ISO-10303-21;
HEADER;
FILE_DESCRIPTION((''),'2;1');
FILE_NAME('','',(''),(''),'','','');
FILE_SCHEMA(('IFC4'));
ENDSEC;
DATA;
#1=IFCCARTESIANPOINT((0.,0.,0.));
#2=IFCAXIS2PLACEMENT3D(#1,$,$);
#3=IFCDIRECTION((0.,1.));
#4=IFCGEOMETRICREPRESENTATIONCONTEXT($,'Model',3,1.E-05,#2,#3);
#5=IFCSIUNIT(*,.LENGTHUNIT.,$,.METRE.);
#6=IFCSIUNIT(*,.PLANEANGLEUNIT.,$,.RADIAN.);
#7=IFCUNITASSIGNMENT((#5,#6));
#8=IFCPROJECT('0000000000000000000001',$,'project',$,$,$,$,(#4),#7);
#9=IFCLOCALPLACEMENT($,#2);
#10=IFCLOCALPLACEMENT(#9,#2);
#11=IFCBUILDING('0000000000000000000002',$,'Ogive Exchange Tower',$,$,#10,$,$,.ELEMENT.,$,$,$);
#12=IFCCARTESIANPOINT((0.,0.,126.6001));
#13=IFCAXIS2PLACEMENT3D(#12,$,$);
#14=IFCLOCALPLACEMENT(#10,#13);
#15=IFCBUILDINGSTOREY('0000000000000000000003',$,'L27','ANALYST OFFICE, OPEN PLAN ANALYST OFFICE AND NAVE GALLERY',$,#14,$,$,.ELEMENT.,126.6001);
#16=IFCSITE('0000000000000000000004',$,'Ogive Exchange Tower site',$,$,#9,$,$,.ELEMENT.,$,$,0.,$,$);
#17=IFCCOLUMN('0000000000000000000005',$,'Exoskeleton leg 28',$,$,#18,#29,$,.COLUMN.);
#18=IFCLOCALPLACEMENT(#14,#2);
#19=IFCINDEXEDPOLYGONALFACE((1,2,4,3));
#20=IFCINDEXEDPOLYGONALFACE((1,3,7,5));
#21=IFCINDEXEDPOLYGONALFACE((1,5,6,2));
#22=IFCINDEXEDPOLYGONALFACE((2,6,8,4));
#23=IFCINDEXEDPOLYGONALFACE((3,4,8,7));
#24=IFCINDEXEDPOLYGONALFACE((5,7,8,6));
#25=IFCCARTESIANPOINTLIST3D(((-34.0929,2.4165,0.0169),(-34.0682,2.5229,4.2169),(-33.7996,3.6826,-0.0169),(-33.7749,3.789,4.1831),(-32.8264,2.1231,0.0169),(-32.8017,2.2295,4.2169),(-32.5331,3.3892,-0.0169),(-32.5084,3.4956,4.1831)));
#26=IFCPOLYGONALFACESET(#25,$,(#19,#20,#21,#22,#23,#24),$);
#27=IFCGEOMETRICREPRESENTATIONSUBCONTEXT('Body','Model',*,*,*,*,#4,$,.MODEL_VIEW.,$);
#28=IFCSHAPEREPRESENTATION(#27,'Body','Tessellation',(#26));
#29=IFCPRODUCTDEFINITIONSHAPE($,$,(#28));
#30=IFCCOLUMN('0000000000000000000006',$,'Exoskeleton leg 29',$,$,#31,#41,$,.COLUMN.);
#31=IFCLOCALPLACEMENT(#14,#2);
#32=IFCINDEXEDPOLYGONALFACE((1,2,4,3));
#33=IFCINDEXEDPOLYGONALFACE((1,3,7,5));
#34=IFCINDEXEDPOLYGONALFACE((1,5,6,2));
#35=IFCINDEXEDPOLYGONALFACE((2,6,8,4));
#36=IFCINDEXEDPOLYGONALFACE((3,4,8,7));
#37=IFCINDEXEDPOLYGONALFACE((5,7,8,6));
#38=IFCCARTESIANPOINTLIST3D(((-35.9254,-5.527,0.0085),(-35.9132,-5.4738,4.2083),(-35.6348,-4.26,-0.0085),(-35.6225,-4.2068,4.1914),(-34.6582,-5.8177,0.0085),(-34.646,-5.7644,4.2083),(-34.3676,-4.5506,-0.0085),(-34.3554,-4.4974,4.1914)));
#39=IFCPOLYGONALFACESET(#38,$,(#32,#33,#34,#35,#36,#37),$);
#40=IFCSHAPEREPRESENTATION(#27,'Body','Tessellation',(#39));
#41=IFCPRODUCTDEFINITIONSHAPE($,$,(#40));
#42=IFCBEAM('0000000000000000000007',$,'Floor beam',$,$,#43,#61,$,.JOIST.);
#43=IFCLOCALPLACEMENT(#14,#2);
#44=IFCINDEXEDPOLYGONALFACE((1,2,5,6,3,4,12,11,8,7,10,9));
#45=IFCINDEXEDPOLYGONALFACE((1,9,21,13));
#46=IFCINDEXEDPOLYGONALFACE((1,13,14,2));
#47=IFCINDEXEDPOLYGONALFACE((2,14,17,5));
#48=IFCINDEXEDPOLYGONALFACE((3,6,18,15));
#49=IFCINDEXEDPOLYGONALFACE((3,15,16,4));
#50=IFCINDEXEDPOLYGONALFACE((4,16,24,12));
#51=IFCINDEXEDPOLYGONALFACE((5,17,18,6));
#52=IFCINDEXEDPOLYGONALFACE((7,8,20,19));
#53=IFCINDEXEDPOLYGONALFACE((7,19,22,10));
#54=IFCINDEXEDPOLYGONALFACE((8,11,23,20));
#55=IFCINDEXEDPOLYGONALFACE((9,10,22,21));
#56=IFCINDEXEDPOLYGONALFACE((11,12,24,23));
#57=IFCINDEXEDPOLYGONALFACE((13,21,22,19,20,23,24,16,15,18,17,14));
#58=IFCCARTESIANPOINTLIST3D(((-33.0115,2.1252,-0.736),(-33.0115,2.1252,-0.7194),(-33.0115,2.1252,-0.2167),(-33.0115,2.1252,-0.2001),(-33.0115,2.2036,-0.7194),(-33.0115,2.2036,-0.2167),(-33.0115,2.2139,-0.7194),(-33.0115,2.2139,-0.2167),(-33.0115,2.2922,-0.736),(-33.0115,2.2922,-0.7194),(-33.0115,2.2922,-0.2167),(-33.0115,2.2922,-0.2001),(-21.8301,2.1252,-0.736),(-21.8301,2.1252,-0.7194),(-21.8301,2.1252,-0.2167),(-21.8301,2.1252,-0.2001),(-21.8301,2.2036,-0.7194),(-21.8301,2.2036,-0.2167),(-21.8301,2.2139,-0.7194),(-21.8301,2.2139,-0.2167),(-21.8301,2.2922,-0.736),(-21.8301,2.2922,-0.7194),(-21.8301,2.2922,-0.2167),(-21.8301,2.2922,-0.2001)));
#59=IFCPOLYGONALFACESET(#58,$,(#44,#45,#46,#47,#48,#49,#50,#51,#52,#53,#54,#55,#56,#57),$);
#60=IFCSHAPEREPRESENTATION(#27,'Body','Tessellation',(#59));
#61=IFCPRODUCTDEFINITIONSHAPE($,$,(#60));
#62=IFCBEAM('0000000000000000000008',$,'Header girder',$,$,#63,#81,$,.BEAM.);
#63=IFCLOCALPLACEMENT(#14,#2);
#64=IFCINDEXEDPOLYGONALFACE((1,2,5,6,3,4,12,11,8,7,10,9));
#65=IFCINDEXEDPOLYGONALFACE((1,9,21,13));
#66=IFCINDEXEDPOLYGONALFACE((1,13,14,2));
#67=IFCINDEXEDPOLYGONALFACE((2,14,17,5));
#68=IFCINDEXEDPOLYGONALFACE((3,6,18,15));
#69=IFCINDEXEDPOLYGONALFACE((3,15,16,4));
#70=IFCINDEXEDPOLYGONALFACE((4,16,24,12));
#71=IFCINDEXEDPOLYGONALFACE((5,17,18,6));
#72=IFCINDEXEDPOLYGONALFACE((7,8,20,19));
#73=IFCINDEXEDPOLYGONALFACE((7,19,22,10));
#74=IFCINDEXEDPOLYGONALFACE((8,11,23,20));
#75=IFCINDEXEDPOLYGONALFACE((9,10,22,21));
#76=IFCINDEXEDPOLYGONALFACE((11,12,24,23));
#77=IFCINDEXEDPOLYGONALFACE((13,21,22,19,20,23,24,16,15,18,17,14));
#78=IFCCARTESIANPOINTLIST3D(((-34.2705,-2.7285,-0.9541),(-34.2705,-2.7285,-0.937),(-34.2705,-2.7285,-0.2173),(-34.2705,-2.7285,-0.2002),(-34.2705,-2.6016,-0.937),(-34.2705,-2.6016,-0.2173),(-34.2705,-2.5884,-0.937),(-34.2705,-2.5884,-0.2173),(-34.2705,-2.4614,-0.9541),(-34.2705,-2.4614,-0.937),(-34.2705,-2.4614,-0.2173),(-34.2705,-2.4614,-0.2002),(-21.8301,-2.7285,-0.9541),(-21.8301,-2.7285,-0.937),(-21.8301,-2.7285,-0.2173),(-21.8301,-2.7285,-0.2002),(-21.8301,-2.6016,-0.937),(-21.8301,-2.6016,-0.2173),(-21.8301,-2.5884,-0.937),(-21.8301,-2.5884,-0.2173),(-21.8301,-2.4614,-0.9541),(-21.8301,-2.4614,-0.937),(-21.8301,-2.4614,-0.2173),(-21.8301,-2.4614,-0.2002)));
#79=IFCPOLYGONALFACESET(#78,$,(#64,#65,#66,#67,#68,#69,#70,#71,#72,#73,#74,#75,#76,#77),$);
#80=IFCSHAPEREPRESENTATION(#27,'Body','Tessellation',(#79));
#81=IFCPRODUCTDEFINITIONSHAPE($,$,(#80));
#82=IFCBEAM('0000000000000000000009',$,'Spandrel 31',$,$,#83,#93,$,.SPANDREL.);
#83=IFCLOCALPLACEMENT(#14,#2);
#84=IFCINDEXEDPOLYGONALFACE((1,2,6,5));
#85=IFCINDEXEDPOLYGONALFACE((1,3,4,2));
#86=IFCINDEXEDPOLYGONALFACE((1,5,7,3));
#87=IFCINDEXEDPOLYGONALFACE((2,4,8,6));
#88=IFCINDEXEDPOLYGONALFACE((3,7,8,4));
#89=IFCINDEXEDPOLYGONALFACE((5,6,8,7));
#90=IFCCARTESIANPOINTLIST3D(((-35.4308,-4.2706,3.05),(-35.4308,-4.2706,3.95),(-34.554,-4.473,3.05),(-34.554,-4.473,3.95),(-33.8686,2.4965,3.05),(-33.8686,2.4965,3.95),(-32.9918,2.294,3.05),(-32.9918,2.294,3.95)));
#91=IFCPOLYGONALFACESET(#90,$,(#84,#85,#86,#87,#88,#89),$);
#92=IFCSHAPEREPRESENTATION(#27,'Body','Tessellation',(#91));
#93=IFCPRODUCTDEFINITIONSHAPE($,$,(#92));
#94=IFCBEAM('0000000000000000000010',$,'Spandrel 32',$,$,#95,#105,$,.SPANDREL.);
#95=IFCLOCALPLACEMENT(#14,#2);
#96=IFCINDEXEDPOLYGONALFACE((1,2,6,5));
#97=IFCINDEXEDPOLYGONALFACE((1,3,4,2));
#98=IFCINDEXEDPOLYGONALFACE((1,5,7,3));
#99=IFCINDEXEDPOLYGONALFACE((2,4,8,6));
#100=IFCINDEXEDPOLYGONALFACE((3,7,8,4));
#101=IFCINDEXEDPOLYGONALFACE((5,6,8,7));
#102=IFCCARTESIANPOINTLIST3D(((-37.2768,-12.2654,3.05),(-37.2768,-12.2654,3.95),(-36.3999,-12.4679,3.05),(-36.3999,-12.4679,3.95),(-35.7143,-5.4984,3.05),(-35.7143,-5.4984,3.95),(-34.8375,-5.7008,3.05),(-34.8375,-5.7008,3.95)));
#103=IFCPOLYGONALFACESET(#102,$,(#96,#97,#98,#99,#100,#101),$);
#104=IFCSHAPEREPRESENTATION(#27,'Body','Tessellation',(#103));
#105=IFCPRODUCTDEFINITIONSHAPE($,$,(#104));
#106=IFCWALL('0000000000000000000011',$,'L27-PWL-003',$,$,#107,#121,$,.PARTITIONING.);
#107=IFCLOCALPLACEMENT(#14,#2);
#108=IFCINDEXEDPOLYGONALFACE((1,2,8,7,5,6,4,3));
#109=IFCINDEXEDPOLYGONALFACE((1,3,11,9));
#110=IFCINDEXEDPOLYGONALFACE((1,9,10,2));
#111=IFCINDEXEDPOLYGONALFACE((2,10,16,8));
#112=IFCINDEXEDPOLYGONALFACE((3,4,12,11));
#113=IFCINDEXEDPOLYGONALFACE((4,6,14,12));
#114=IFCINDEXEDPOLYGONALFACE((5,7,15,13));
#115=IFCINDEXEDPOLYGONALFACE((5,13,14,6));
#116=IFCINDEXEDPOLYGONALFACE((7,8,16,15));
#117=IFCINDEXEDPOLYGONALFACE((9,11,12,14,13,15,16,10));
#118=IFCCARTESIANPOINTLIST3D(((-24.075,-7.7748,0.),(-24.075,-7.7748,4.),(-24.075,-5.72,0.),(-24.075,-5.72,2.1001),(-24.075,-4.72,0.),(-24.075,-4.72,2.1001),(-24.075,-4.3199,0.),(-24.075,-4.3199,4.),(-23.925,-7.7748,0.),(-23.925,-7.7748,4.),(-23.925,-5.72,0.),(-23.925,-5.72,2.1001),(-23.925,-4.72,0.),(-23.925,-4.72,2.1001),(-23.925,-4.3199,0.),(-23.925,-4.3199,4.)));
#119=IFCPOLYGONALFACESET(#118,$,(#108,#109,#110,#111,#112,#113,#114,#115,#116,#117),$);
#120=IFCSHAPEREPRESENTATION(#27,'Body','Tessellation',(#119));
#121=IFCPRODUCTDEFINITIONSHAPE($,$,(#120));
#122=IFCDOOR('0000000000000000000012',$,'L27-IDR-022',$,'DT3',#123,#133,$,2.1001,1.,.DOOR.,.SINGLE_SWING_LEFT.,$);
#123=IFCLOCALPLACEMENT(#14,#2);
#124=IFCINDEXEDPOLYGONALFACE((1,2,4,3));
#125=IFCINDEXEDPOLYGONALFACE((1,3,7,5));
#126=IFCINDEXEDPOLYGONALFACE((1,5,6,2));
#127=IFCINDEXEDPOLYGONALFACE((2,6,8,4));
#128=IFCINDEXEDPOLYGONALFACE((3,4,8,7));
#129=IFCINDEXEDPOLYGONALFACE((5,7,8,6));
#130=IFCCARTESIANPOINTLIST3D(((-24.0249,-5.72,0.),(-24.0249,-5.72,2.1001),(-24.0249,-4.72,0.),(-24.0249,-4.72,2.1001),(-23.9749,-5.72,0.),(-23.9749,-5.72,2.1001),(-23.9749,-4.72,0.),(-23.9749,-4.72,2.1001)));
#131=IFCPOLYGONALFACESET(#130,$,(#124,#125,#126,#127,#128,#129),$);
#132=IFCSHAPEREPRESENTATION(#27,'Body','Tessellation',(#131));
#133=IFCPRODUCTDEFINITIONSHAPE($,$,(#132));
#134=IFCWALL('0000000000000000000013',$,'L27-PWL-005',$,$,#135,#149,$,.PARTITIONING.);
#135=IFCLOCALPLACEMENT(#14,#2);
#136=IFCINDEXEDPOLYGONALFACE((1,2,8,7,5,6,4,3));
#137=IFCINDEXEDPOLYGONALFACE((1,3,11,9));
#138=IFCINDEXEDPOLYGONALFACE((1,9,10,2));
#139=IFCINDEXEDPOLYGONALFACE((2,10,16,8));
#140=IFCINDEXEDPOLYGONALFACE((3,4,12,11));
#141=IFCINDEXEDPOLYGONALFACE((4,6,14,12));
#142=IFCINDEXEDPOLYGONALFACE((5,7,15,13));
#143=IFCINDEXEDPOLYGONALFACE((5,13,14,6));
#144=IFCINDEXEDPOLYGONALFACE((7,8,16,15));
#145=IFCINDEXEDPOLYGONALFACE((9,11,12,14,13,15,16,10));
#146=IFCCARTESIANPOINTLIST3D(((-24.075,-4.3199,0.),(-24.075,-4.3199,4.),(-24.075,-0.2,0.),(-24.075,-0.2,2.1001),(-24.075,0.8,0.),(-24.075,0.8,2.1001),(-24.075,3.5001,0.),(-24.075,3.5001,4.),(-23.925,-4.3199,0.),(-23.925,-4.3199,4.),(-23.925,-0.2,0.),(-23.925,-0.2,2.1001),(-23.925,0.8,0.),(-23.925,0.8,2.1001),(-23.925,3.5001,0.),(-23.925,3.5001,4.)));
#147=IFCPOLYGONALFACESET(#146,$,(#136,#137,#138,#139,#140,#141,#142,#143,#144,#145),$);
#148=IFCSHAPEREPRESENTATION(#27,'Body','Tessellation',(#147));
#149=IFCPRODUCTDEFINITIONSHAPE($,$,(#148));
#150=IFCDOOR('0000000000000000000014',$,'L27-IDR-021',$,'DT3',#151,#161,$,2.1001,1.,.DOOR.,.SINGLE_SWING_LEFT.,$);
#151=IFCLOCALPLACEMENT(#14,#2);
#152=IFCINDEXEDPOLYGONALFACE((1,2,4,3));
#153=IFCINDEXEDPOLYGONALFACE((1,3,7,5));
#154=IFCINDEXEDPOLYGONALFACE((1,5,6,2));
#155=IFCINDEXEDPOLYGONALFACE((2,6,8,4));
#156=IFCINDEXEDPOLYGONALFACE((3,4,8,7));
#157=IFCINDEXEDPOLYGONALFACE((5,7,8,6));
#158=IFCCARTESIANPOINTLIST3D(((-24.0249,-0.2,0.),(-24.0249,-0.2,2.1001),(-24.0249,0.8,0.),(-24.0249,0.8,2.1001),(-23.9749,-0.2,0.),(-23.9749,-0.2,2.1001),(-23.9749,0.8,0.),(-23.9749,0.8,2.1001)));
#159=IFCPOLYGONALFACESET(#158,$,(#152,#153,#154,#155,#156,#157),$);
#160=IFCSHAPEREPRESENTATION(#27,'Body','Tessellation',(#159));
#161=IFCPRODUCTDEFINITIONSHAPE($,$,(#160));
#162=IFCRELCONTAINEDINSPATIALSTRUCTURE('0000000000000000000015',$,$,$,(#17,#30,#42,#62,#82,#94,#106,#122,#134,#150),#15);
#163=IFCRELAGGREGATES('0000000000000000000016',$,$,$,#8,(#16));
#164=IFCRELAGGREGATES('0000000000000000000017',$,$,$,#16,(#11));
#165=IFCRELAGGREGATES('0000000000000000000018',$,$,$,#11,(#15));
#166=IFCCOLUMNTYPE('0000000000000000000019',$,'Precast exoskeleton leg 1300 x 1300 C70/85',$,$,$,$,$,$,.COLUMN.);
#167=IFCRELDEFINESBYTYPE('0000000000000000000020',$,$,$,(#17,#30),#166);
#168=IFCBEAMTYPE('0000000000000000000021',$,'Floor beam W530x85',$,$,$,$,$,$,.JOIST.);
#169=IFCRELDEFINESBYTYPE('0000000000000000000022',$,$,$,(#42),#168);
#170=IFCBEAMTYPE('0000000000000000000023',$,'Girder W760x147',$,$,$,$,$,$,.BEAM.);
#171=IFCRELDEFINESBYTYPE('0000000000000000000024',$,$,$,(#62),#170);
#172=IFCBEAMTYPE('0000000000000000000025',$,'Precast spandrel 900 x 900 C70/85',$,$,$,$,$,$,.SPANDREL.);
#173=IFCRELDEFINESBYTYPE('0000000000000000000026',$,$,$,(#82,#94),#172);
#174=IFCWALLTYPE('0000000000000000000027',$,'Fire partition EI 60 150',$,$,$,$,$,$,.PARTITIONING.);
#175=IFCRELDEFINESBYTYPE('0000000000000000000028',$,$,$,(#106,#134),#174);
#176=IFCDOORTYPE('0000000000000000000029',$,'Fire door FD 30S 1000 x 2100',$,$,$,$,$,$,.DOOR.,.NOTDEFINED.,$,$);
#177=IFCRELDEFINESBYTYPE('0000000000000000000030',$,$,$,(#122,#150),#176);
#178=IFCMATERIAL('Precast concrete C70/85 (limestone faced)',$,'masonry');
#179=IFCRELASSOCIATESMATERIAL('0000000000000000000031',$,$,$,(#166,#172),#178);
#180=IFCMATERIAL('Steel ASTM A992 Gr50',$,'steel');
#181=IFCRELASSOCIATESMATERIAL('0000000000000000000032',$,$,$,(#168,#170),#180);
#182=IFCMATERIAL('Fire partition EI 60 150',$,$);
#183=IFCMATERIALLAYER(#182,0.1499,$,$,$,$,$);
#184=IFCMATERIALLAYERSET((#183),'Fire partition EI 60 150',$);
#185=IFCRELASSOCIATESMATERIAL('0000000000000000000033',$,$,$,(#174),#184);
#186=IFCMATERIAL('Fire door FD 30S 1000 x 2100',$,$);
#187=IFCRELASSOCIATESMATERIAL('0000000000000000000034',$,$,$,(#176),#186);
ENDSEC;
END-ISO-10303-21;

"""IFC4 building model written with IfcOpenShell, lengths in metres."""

from ifc_helpers import new_model, si_unit, direction, frame, frame_2d, origin, origin_2d, place, context, subcontext, project, spatial, rectangle, i_section, extrude, material, layer, layer_set, material_profile, profile_set, type_object, element, fill, save


model = new_model("IFC4")

# Units and contexts
model_context = context("Model", 3, precision=1e-05, world=origin(), true_north=direction((0.0, 1.0)))
body_context = subcontext(model_context, "Body", "Model", "MODEL_VIEW")
ifc_project = project(units=[si_unit("LENGTHUNIT", "METRE"), si_unit("PLANEANGLEUNIT", "RADIAN")], contexts=[model_context])

# Site, building, storey
site_placement = place(None, origin())
site = spatial("IfcSite", under=ifc_project, at=site_placement, Name="Ogive Exchange Tower site", CompositionType="ELEMENT", RefElevation=0.0)
building_placement = place(site_placement, origin())
building = spatial("IfcBuilding", under=site, at=building_placement, Name="Ogive Exchange Tower", CompositionType="ELEMENT")
storey_placement = place(building_placement, frame((0.0, 0.0, 126.6001)))
storey = spatial("IfcBuildingStorey", under=building, at=storey_placement, Name="L27", Description="ANALYST OFFICE, OPEN PLAN ANALYST OFFICE AND NAVE GALLERY", CompositionType="ELEMENT", Elevation=126.6001)

# Columns
ifc_material_1 = material(Name="Precast concrete C70/85 (limestone faced)", Category="masonry")
ifc_material_profile_1 = material_profile(ifc_material_1, rectangle(XDim=1.3, YDim=1.3, at=origin_2d()), Name="1300 x 1300")
ifc_profile_set_1 = profile_set([ifc_material_profile_1], Name="Precast concrete C70/85 (limestone faced)")
column_type = type_object("IfcColumnType", Name="Precast exoskeleton leg 1300 x 1300 C70/85", PredefinedType="COLUMN", material=ifc_profile_set_1)
column_1_placement = place(storey_placement, frame((-33.313, 2.9028, 0.0), z_axis=(0.005869, 0.025336, 0.999662), x_axis=(-0.974203, 0.225675, 0.0)))
element("IfcColumn", 1, at=column_1_placement, inside=storey, type_object=column_type, Name="Exoskeleton leg 28", PredefinedType="COLUMN", context=body_context, shape_type="SweptSolid", body=[
    extrude(rectangle(XDim=1.3, YDim=1.3, at=origin_2d()), origin(), (0.0, 0.0, 1.0), 4.2014),
])
column_2_placement = place(storey_placement, frame((-35.1465, -5.0388, 0.0), z_axis=(0.002906, 0.012671, 0.999915), x_axis=(-0.974692, 0.223553, 0.0)))
element("IfcColumn", 2, at=column_2_placement, inside=storey, type_object=column_type, Name="Exoskeleton leg 29", PredefinedType="COLUMN", context=body_context, shape_type="SweptSolid", body=[
    extrude(rectangle(XDim=1.3, YDim=1.3, at=origin_2d()), origin(), (0.0, 0.0, 1.0), 4.2002),
])

# Beams
ifc_material_2 = material(Name="Steel ASTM A992 Gr50", Category="steel")
ifc_material_profile_2 = material_profile(ifc_material_2, i_section(OverallWidth=0.167, OverallDepth=0.5359, WebThickness=0.0103, FlangeThickness=0.0166, at=origin_2d()), Name="W530x85")
ifc_profile_set_2 = profile_set([ifc_material_profile_2], Name="Steel ASTM A992 Gr50")
beam_type_1 = type_object("IfcBeamType", Name="Floor beam W530x85", PredefinedType="JOIST", material=ifc_profile_set_2)
beam_1_placement = place(storey_placement, frame((-33.0115, 2.2087, -0.468), z_axis=(1.0, 0.0, 0.0), x_axis=(0.0, 1.0, 0.0)))
element("IfcBeam", 3, at=beam_1_placement, inside=storey, type_object=beam_type_1, Name="Floor beam", PredefinedType="JOIST", context=body_context, shape_type="SweptSolid", body=[
    extrude(i_section(OverallWidth=0.167, OverallDepth=0.5359, WebThickness=0.0103, FlangeThickness=0.0166, at=origin_2d()), origin(), (0.0, 0.0, 1.0), 11.1814),
])
ifc_material_profile_3 = material_profile(ifc_material_2, i_section(OverallWidth=0.2671, OverallDepth=0.7539, WebThickness=0.0132, FlangeThickness=0.0171, at=origin_2d()), Name="W760x147")
ifc_profile_set_3 = profile_set([ifc_material_profile_3], Name="Steel ASTM A992 Gr50")
beam_type_2 = type_object("IfcBeamType", Name="Girder W760x147", PredefinedType="BEAM", material=ifc_profile_set_3)
beam_2_placement = place(storey_placement, frame((-34.2705, -2.595, -0.5771), z_axis=(1.0, 0.0, 0.0), x_axis=(0.0, 1.0, 0.0)))
element("IfcBeam", 4, at=beam_2_placement, inside=storey, type_object=beam_type_2, Name="Header girder", PredefinedType="BEAM", context=body_context, shape_type="SweptSolid", body=[
    extrude(i_section(OverallWidth=0.2671, OverallDepth=0.7539, WebThickness=0.0132, FlangeThickness=0.0171, at=origin_2d()), origin(), (0.0, 0.0, 1.0), 12.4404),
])
ifc_material_profile_4 = material_profile(ifc_material_1, rectangle(XDim=0.8999, YDim=0.8999, at=origin_2d()), Name="900 x 900")
ifc_profile_set_4 = profile_set([ifc_material_profile_4], Name="Precast concrete C70/85 (limestone faced)")
beam_type_3 = type_object("IfcBeamType", Name="Precast spandrel 900 x 900 C70/85", PredefinedType="SPANDREL", material=ifc_profile_set_4)
for number, where, z_axis, x_axis, name in (
    (5, (-33.4302, 2.3953, 3.5), (-0.224944, -0.974372, 0.0), (0.974372, -0.224944, 0.0), "Spandrel 31"),
    (6, (-35.2759, -5.5996, 3.5), (-0.224978, -0.974364, 0.0), (0.974364, -0.224978, 0.0), "Spandrel 32"),
):
    element("IfcBeam", number, at=place(storey_placement, frame(where, z_axis=z_axis, x_axis=x_axis)), inside=storey, type_object=beam_type_3, Name=name, PredefinedType="SPANDREL", context=body_context, shape_type="SweptSolid", body=[
        extrude(rectangle(XDim=0.8999, YDim=0.8999, at=origin_2d()), origin(), (0.0, 0.0, 1.0), 6.9451),
    ])

# Walls, openings, doors
ifc_material_3 = material(Name="Fire partition EI 60 150")
ifc_layer_1 = layer(ifc_material_3, 0.1499)
ifc_layer_set_1 = layer_set([ifc_layer_1], Name="Fire partition EI 60 150")
wall_type_1 = type_object("IfcWallType", Name="Fire partition EI 60 150", PredefinedType="PARTITIONING", material=ifc_layer_set_1)
wall_1_placement = place(storey_placement, frame((-24.0, -7.7749, 0.0), z_axis=(0.0, 0.0, 1.0), x_axis=(0.0, 1.0, 0.0)))
wall_1 = element("IfcWall", 7, at=wall_1_placement, inside=storey, type_object=wall_type_1, Name="L27-PWL-003", PredefinedType="PARTITIONING", context=body_context, shape_type="SweptSolid", body=[
    extrude(rectangle(XDim=3.4548, YDim=0.1499, at=frame_2d((1.7275, 0.0))), origin(), (0.0, 0.0, 1.0), 4.0),
])
opening_1_placement = place(wall_1_placement, frame((2.0549, 0.0, 0.0)))
opening_1 = element("IfcOpeningElement", 8, at=opening_1_placement, cuts=wall_1, PredefinedType="OPENING", context=body_context, shape_type="SweptSolid", body=[
    extrude(rectangle(XDim=1.0, YDim=2.1001, at=frame_2d((0.5, 1.05))), frame((0.0, 0.085, 0.0), z_axis=(0.0, -1.0, 0.0), x_axis=(1.0, 0.0, 0.0)), (0.0, 0.0, 1.0), 0.1699),
])
ifc_material_4 = material(Name="Fire door FD 30S 1000 x 2100")
door_type_1 = type_object("IfcDoorType", Name="Fire door FD 30S 1000 x 2100", OperationType="NOTDEFINED", PredefinedType="DOOR", material=ifc_material_4)
door_1_placement = place(opening_1_placement, origin())
door_1 = element("IfcDoor", 9, at=door_1_placement, inside=storey, type_object=door_type_1, Name="L27-IDR-022", ObjectType="DT3", OperationType="SINGLE_SWING_LEFT", OverallHeight=2.1001, OverallWidth=1.0, PredefinedType="DOOR", context=body_context, shape_type="SweptSolid", body=[
    extrude(rectangle(XDim=1.0, YDim=2.1001, at=frame_2d((0.5, 1.05))), frame((0.0, 0.0249, 0.0), z_axis=(0.0, -1.0, 0.0), x_axis=(1.0, 0.0, 0.0)), (0.0, 0.0, 1.0), 0.05),
])
fill(opening_1, door_1)
wall_2_placement = place(storey_placement, frame((-24.0, -4.3201, 0.0), z_axis=(0.0, 0.0, 1.0), x_axis=(0.0, 1.0, 0.0)))
wall_2 = element("IfcWall", 10, at=wall_2_placement, inside=storey, type_object=wall_type_1, Name="L27-PWL-005", PredefinedType="PARTITIONING", context=body_context, shape_type="SweptSolid", body=[
    extrude(rectangle(XDim=7.8201, YDim=0.1499, at=frame_2d((3.9102, 0.0))), origin(), (0.0, 0.0, 1.0), 4.0),
])
opening_2_placement = place(wall_2_placement, frame((4.1201, 0.0, 0.0)))
opening_2 = element("IfcOpeningElement", 11, at=opening_2_placement, cuts=wall_2, PredefinedType="OPENING", context=body_context, shape_type="SweptSolid", body=[
    extrude(rectangle(XDim=1.0, YDim=2.1001, at=frame_2d((0.5, 1.05))), frame((0.0, 0.085, 0.0), z_axis=(0.0, -1.0, 0.0), x_axis=(1.0, 0.0, 0.0)), (0.0, 0.0, 1.0), 0.1699),
])
door_2_placement = place(opening_2_placement, origin())
door_2 = element("IfcDoor", 12, at=door_2_placement, inside=storey, type_object=door_type_1, Name="L27-IDR-021", ObjectType="DT3", OperationType="SINGLE_SWING_LEFT", OverallHeight=2.1001, OverallWidth=1.0, PredefinedType="DOOR", context=body_context, shape_type="SweptSolid", body=[
    extrude(rectangle(XDim=1.0, YDim=2.1001, at=frame_2d((0.5, 1.05))), frame((0.0, 0.0249, 0.0), z_axis=(0.0, -1.0, 0.0), x_axis=(1.0, 0.0, 0.0)), (0.0, 0.0, 1.0), 0.05),
])
fill(opening_2, door_2)

save(model, "model.ifc")
